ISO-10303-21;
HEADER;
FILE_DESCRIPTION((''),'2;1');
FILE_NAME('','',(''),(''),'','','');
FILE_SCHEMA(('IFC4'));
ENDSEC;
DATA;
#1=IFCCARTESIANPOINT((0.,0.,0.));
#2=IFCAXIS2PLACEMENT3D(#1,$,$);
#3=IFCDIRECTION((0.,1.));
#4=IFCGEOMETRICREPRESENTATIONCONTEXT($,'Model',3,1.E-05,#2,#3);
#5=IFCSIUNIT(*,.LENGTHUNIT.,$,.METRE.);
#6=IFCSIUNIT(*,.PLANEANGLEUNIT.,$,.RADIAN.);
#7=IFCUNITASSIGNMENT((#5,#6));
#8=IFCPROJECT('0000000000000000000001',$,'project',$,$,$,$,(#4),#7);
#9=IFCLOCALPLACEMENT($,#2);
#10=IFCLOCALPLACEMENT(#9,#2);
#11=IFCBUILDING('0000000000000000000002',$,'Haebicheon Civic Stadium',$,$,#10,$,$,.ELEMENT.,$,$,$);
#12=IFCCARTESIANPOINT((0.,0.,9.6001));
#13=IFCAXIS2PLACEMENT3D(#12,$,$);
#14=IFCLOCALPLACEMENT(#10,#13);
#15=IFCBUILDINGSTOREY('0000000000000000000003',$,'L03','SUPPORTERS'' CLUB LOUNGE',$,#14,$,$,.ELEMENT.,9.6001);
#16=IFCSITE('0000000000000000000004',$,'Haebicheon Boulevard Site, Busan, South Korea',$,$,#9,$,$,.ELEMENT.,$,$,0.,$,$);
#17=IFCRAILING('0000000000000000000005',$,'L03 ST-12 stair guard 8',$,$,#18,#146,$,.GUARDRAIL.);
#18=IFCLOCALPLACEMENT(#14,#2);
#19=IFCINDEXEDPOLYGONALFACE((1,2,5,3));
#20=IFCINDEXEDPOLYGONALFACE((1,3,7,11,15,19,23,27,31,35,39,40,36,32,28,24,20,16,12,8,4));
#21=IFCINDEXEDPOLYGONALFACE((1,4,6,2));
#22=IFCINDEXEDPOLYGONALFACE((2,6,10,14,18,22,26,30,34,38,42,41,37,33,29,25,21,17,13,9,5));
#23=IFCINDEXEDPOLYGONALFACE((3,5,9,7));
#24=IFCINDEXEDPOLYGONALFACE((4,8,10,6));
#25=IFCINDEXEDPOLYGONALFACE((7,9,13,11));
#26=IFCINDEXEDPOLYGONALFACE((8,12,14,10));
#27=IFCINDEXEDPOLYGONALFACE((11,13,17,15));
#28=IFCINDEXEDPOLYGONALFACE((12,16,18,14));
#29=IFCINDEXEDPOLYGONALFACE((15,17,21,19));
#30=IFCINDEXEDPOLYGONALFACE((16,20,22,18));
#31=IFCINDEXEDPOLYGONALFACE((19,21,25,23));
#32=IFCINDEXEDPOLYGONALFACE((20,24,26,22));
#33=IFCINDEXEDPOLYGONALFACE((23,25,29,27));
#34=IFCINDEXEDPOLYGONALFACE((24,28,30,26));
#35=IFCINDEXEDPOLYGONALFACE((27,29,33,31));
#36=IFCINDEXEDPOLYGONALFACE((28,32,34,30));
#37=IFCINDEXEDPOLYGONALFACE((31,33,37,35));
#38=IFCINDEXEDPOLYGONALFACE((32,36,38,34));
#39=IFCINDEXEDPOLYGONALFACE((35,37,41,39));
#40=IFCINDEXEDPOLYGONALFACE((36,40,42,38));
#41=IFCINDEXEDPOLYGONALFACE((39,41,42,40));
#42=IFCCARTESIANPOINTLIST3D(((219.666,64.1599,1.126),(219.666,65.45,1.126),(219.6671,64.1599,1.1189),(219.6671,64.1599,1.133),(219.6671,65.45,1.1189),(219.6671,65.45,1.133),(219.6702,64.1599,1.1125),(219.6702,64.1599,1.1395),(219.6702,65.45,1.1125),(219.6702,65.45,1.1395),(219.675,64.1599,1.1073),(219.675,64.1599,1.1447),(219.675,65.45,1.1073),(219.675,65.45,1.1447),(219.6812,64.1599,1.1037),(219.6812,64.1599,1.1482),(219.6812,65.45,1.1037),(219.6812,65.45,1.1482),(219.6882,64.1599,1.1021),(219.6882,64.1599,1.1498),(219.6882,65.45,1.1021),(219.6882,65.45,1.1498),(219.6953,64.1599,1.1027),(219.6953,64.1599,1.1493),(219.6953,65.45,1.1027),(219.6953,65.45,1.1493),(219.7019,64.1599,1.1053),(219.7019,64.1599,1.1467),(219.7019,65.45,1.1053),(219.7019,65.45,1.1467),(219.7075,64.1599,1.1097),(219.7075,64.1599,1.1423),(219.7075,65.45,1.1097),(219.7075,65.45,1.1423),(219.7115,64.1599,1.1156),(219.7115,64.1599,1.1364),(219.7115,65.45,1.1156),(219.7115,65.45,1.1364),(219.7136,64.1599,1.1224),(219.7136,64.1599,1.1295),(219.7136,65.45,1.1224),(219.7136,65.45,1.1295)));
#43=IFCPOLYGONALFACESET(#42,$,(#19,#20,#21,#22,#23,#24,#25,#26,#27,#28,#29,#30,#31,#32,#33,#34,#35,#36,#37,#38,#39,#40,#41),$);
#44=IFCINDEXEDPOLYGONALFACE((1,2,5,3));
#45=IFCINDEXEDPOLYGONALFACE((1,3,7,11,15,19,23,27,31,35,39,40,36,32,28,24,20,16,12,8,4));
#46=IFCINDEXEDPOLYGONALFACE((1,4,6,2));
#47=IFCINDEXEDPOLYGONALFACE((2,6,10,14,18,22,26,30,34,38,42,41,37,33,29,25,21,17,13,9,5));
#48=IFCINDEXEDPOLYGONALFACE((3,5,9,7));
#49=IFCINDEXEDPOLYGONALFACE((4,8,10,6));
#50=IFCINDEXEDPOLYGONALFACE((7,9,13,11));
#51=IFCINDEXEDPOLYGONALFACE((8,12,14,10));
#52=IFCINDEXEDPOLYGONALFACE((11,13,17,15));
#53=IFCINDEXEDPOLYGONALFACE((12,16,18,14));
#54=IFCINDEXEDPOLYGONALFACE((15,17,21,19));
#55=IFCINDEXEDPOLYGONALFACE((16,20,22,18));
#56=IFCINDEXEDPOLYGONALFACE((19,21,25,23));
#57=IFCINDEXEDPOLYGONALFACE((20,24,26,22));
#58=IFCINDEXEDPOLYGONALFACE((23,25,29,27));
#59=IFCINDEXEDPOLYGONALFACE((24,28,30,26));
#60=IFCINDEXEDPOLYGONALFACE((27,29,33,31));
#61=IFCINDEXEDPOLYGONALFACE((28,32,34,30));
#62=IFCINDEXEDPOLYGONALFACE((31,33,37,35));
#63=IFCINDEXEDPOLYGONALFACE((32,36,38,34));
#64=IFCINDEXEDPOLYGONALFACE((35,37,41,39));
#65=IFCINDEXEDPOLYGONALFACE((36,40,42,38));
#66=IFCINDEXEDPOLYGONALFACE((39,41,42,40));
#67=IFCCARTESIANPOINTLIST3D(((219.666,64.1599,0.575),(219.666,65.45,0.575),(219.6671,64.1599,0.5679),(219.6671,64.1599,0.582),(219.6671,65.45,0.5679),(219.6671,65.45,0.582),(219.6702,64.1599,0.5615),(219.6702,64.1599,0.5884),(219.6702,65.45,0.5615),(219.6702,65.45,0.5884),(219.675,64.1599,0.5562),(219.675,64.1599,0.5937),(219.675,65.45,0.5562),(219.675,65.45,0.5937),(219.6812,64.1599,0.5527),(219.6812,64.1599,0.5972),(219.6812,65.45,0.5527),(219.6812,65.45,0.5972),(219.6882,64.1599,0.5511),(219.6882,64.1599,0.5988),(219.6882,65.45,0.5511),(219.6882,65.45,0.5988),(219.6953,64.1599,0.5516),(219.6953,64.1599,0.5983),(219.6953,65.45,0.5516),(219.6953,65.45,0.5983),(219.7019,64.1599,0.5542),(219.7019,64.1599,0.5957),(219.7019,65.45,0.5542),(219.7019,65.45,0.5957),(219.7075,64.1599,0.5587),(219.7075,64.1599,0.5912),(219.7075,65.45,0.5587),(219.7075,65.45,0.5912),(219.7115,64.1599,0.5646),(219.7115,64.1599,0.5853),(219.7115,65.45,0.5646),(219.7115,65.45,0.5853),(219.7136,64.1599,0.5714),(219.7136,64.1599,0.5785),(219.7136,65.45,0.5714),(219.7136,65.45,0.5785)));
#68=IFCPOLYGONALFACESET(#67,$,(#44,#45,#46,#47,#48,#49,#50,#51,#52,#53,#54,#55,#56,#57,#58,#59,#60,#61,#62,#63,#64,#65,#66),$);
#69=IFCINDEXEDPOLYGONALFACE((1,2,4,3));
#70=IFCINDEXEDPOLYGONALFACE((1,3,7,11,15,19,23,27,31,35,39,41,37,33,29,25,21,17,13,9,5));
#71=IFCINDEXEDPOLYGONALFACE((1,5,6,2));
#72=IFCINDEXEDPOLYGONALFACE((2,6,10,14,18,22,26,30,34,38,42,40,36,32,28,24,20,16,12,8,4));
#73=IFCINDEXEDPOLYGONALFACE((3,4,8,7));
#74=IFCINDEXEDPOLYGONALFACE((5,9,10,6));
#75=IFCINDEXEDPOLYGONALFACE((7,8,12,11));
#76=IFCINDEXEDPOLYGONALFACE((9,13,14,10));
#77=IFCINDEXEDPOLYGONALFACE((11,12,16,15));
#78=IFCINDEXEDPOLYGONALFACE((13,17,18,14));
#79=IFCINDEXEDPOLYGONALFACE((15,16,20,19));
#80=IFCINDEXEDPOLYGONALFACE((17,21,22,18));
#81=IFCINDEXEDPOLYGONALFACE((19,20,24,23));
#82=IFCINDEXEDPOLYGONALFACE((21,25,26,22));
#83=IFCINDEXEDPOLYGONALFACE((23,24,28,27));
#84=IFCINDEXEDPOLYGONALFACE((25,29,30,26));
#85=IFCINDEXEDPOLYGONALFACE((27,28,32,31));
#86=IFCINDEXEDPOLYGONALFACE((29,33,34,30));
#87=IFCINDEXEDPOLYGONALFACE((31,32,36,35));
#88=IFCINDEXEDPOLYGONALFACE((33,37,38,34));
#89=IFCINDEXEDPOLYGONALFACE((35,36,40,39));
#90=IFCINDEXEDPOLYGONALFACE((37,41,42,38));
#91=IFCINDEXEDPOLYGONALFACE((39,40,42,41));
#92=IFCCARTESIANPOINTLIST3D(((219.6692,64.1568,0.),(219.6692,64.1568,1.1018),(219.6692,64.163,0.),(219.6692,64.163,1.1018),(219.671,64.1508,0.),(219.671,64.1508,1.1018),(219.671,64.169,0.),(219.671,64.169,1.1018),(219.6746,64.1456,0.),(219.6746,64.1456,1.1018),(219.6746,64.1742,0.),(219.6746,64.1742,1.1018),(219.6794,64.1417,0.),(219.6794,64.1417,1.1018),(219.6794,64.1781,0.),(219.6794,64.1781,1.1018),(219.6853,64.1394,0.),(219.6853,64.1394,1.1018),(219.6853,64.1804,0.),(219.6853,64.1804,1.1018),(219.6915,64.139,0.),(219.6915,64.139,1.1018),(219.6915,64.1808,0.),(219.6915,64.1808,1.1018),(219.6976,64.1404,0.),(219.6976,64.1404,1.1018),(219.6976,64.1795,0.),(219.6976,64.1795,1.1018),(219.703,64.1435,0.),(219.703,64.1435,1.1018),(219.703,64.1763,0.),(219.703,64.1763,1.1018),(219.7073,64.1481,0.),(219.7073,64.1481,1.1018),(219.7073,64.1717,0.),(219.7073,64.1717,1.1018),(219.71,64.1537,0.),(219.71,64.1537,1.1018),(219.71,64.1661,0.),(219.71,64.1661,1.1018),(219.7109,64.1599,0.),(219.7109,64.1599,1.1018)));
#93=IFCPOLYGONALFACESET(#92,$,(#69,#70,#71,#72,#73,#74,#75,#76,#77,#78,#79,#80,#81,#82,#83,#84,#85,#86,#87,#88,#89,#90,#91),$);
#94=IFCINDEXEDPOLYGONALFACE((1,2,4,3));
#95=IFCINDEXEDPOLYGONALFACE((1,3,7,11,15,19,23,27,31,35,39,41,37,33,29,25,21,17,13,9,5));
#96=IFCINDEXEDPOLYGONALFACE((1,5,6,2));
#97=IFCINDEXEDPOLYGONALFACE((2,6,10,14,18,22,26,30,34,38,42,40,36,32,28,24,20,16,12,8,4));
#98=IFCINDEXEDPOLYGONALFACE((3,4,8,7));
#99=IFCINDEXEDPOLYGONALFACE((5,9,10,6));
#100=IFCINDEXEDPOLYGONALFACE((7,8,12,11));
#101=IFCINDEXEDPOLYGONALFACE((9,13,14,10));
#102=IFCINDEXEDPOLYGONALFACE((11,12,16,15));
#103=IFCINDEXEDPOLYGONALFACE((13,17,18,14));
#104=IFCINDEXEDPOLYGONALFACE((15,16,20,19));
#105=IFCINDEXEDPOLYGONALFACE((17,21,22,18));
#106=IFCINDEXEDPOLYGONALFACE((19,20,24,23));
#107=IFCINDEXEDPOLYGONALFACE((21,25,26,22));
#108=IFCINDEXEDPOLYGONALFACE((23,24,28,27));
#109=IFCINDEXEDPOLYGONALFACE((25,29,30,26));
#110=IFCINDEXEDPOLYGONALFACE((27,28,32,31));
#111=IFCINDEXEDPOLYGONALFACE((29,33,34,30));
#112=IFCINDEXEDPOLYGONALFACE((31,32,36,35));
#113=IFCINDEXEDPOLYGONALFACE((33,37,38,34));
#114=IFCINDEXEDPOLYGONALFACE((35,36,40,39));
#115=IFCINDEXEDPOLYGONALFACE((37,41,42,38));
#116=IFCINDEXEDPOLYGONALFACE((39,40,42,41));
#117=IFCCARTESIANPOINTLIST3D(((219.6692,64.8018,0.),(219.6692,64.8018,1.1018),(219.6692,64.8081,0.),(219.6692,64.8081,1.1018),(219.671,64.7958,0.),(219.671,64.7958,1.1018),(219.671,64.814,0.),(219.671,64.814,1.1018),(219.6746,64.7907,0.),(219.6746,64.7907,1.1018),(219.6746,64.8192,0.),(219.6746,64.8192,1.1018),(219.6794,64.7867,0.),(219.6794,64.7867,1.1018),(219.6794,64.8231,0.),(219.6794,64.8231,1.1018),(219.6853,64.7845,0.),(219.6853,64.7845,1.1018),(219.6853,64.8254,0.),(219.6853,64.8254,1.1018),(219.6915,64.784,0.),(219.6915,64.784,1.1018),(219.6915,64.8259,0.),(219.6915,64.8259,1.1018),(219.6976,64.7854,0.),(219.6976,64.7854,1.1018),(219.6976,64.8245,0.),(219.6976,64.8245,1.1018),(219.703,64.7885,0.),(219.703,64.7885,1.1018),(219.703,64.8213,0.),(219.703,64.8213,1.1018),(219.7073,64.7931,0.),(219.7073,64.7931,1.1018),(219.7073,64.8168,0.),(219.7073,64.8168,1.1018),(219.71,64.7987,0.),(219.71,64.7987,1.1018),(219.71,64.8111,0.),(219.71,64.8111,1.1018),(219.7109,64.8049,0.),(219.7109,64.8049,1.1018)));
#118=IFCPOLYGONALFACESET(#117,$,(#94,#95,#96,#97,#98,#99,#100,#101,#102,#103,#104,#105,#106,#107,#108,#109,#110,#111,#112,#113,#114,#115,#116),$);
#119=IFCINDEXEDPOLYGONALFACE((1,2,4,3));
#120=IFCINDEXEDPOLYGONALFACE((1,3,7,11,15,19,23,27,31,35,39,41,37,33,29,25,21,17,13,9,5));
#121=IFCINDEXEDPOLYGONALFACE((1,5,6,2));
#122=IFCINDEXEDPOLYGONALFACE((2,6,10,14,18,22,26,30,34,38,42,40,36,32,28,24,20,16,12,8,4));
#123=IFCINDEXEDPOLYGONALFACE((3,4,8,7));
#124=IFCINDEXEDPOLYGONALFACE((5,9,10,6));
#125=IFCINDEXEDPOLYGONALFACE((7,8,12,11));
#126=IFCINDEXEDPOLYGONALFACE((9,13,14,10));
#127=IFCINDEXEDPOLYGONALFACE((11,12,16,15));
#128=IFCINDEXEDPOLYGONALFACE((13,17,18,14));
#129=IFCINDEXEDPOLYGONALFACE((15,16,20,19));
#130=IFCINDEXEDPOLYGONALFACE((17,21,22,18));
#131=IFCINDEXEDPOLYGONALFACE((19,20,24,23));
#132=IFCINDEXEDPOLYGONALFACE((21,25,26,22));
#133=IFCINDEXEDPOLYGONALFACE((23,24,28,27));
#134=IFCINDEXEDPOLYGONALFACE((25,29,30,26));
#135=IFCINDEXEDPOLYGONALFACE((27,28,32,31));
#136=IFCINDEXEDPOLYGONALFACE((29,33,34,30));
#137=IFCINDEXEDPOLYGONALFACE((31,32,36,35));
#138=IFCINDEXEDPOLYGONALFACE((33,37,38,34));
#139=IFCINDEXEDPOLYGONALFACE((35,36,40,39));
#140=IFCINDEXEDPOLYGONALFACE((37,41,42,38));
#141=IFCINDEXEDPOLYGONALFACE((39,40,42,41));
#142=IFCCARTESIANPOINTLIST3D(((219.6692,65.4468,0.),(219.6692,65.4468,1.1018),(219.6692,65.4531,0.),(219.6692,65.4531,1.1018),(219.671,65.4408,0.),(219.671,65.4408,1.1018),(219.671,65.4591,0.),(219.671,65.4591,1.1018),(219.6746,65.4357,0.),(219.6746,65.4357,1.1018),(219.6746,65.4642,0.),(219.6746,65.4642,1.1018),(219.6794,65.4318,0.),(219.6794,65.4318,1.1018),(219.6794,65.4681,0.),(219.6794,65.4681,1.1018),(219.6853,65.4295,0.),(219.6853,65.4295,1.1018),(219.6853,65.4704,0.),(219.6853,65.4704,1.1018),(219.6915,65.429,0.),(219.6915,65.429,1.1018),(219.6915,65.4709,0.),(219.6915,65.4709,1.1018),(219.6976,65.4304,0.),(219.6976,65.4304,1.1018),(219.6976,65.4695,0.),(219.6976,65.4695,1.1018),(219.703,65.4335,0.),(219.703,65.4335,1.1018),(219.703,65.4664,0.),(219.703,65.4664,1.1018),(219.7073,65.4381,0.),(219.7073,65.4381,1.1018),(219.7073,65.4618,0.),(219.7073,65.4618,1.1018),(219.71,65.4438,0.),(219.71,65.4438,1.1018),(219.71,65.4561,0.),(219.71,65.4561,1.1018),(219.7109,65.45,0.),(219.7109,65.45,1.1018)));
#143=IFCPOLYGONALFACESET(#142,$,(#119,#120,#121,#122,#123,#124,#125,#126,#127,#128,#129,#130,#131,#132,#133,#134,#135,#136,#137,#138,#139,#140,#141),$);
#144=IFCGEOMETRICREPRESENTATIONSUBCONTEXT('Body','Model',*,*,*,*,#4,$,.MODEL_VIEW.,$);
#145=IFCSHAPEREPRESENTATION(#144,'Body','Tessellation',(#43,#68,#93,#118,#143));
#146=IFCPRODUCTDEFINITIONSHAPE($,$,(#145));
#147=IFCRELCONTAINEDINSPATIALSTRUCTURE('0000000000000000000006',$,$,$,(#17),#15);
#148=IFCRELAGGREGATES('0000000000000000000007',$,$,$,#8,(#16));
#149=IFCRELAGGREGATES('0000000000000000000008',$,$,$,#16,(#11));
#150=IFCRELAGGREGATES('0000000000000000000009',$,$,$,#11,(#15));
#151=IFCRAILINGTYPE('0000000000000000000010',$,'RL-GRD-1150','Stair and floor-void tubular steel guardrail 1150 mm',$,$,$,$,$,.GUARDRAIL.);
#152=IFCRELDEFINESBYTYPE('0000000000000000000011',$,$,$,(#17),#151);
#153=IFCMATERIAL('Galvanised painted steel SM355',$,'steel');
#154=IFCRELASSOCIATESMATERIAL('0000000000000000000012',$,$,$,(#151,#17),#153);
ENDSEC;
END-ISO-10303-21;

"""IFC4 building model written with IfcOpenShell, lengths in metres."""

from ifc_helpers import new_model, si_unit, direction, frame, origin, origin_2d, place, context, subcontext, project, spatial, circle, extrude, material, type_object, element, save


model = new_model("IFC4")

# Units and contexts
model_context = context("Model", 3, precision=1e-05, world=origin(), true_north=direction((0.0, 1.0)))
body_context = subcontext(model_context, "Body", "Model", "MODEL_VIEW")
ifc_project = project(units=[si_unit("LENGTHUNIT", "METRE"), si_unit("PLANEANGLEUNIT", "RADIAN")], contexts=[model_context])

# Site, building, storey
site_placement = place(None, origin())
site = spatial("IfcSite", under=ifc_project, at=site_placement, Name="Haebicheon Boulevard Site, Busan, South Korea", CompositionType="ELEMENT", RefElevation=0.0)
building_placement = place(site_placement, origin())
building = spatial("IfcBuilding", under=site, at=building_placement, Name="Haebicheon Civic Stadium", CompositionType="ELEMENT")
storey_placement = place(building_placement, frame((0.0, 0.0, 9.6001)))
storey = spatial("IfcBuildingStorey", under=building, at=storey_placement, Name="L03", Description="SUPPORTERS' CLUB LOUNGE", CompositionType="ELEMENT", Elevation=9.6001)

# Railing
ifc_material_1 = material(Name="Galvanised painted steel SM355", Category="steel")
railing_type = type_object("IfcRailingType", Name="RL-GRD-1150", Description="Stair and floor-void tubular steel guardrail 1150 mm", PredefinedType="GUARDRAIL", material=ifc_material_1)
for number, where, name in (
    (1, (219.6899, 64.1599, 0.0), "L03 ST-12 stair guard 8"),
):
    element("IfcRailing", number, at=place(storey_placement, frame(where)), inside=storey, type_object=railing_type, material=ifc_material_1, Name=name, PredefinedType="GUARDRAIL", context=body_context, shape_type="SweptSolid", body=[
        extrude(circle(Radius=0.0239, at=origin_2d()), frame((0.0, 0.0, 1.126), z_axis=(0.0, 1.0, 0.0), x_axis=(-1.0, 0.0, 0.0)), (0.0, 0.0, 1.0), 1.29),
        extrude(circle(Radius=0.0239, at=origin_2d()), frame((0.0, 0.0, 0.575), z_axis=(0.0, 1.0, 0.0), x_axis=(-1.0, 0.0, 0.0)), (0.0, 0.0, 1.0), 1.29),
        extrude(circle(Radius=0.021, at=origin_2d()), origin(), (0.0, 0.0, 1.0), 1.1018),
        extrude(circle(Radius=0.021, at=origin_2d()), frame((0.0, 0.645, 0.0)), (0.0, 0.0, 1.0), 1.1018),
        extrude(circle(Radius=0.021, at=origin_2d()), frame((0.0, 1.29, 0.0)), (0.0, 0.0, 1.0), 1.1018),
    ])

save(model, "model.ifc")
